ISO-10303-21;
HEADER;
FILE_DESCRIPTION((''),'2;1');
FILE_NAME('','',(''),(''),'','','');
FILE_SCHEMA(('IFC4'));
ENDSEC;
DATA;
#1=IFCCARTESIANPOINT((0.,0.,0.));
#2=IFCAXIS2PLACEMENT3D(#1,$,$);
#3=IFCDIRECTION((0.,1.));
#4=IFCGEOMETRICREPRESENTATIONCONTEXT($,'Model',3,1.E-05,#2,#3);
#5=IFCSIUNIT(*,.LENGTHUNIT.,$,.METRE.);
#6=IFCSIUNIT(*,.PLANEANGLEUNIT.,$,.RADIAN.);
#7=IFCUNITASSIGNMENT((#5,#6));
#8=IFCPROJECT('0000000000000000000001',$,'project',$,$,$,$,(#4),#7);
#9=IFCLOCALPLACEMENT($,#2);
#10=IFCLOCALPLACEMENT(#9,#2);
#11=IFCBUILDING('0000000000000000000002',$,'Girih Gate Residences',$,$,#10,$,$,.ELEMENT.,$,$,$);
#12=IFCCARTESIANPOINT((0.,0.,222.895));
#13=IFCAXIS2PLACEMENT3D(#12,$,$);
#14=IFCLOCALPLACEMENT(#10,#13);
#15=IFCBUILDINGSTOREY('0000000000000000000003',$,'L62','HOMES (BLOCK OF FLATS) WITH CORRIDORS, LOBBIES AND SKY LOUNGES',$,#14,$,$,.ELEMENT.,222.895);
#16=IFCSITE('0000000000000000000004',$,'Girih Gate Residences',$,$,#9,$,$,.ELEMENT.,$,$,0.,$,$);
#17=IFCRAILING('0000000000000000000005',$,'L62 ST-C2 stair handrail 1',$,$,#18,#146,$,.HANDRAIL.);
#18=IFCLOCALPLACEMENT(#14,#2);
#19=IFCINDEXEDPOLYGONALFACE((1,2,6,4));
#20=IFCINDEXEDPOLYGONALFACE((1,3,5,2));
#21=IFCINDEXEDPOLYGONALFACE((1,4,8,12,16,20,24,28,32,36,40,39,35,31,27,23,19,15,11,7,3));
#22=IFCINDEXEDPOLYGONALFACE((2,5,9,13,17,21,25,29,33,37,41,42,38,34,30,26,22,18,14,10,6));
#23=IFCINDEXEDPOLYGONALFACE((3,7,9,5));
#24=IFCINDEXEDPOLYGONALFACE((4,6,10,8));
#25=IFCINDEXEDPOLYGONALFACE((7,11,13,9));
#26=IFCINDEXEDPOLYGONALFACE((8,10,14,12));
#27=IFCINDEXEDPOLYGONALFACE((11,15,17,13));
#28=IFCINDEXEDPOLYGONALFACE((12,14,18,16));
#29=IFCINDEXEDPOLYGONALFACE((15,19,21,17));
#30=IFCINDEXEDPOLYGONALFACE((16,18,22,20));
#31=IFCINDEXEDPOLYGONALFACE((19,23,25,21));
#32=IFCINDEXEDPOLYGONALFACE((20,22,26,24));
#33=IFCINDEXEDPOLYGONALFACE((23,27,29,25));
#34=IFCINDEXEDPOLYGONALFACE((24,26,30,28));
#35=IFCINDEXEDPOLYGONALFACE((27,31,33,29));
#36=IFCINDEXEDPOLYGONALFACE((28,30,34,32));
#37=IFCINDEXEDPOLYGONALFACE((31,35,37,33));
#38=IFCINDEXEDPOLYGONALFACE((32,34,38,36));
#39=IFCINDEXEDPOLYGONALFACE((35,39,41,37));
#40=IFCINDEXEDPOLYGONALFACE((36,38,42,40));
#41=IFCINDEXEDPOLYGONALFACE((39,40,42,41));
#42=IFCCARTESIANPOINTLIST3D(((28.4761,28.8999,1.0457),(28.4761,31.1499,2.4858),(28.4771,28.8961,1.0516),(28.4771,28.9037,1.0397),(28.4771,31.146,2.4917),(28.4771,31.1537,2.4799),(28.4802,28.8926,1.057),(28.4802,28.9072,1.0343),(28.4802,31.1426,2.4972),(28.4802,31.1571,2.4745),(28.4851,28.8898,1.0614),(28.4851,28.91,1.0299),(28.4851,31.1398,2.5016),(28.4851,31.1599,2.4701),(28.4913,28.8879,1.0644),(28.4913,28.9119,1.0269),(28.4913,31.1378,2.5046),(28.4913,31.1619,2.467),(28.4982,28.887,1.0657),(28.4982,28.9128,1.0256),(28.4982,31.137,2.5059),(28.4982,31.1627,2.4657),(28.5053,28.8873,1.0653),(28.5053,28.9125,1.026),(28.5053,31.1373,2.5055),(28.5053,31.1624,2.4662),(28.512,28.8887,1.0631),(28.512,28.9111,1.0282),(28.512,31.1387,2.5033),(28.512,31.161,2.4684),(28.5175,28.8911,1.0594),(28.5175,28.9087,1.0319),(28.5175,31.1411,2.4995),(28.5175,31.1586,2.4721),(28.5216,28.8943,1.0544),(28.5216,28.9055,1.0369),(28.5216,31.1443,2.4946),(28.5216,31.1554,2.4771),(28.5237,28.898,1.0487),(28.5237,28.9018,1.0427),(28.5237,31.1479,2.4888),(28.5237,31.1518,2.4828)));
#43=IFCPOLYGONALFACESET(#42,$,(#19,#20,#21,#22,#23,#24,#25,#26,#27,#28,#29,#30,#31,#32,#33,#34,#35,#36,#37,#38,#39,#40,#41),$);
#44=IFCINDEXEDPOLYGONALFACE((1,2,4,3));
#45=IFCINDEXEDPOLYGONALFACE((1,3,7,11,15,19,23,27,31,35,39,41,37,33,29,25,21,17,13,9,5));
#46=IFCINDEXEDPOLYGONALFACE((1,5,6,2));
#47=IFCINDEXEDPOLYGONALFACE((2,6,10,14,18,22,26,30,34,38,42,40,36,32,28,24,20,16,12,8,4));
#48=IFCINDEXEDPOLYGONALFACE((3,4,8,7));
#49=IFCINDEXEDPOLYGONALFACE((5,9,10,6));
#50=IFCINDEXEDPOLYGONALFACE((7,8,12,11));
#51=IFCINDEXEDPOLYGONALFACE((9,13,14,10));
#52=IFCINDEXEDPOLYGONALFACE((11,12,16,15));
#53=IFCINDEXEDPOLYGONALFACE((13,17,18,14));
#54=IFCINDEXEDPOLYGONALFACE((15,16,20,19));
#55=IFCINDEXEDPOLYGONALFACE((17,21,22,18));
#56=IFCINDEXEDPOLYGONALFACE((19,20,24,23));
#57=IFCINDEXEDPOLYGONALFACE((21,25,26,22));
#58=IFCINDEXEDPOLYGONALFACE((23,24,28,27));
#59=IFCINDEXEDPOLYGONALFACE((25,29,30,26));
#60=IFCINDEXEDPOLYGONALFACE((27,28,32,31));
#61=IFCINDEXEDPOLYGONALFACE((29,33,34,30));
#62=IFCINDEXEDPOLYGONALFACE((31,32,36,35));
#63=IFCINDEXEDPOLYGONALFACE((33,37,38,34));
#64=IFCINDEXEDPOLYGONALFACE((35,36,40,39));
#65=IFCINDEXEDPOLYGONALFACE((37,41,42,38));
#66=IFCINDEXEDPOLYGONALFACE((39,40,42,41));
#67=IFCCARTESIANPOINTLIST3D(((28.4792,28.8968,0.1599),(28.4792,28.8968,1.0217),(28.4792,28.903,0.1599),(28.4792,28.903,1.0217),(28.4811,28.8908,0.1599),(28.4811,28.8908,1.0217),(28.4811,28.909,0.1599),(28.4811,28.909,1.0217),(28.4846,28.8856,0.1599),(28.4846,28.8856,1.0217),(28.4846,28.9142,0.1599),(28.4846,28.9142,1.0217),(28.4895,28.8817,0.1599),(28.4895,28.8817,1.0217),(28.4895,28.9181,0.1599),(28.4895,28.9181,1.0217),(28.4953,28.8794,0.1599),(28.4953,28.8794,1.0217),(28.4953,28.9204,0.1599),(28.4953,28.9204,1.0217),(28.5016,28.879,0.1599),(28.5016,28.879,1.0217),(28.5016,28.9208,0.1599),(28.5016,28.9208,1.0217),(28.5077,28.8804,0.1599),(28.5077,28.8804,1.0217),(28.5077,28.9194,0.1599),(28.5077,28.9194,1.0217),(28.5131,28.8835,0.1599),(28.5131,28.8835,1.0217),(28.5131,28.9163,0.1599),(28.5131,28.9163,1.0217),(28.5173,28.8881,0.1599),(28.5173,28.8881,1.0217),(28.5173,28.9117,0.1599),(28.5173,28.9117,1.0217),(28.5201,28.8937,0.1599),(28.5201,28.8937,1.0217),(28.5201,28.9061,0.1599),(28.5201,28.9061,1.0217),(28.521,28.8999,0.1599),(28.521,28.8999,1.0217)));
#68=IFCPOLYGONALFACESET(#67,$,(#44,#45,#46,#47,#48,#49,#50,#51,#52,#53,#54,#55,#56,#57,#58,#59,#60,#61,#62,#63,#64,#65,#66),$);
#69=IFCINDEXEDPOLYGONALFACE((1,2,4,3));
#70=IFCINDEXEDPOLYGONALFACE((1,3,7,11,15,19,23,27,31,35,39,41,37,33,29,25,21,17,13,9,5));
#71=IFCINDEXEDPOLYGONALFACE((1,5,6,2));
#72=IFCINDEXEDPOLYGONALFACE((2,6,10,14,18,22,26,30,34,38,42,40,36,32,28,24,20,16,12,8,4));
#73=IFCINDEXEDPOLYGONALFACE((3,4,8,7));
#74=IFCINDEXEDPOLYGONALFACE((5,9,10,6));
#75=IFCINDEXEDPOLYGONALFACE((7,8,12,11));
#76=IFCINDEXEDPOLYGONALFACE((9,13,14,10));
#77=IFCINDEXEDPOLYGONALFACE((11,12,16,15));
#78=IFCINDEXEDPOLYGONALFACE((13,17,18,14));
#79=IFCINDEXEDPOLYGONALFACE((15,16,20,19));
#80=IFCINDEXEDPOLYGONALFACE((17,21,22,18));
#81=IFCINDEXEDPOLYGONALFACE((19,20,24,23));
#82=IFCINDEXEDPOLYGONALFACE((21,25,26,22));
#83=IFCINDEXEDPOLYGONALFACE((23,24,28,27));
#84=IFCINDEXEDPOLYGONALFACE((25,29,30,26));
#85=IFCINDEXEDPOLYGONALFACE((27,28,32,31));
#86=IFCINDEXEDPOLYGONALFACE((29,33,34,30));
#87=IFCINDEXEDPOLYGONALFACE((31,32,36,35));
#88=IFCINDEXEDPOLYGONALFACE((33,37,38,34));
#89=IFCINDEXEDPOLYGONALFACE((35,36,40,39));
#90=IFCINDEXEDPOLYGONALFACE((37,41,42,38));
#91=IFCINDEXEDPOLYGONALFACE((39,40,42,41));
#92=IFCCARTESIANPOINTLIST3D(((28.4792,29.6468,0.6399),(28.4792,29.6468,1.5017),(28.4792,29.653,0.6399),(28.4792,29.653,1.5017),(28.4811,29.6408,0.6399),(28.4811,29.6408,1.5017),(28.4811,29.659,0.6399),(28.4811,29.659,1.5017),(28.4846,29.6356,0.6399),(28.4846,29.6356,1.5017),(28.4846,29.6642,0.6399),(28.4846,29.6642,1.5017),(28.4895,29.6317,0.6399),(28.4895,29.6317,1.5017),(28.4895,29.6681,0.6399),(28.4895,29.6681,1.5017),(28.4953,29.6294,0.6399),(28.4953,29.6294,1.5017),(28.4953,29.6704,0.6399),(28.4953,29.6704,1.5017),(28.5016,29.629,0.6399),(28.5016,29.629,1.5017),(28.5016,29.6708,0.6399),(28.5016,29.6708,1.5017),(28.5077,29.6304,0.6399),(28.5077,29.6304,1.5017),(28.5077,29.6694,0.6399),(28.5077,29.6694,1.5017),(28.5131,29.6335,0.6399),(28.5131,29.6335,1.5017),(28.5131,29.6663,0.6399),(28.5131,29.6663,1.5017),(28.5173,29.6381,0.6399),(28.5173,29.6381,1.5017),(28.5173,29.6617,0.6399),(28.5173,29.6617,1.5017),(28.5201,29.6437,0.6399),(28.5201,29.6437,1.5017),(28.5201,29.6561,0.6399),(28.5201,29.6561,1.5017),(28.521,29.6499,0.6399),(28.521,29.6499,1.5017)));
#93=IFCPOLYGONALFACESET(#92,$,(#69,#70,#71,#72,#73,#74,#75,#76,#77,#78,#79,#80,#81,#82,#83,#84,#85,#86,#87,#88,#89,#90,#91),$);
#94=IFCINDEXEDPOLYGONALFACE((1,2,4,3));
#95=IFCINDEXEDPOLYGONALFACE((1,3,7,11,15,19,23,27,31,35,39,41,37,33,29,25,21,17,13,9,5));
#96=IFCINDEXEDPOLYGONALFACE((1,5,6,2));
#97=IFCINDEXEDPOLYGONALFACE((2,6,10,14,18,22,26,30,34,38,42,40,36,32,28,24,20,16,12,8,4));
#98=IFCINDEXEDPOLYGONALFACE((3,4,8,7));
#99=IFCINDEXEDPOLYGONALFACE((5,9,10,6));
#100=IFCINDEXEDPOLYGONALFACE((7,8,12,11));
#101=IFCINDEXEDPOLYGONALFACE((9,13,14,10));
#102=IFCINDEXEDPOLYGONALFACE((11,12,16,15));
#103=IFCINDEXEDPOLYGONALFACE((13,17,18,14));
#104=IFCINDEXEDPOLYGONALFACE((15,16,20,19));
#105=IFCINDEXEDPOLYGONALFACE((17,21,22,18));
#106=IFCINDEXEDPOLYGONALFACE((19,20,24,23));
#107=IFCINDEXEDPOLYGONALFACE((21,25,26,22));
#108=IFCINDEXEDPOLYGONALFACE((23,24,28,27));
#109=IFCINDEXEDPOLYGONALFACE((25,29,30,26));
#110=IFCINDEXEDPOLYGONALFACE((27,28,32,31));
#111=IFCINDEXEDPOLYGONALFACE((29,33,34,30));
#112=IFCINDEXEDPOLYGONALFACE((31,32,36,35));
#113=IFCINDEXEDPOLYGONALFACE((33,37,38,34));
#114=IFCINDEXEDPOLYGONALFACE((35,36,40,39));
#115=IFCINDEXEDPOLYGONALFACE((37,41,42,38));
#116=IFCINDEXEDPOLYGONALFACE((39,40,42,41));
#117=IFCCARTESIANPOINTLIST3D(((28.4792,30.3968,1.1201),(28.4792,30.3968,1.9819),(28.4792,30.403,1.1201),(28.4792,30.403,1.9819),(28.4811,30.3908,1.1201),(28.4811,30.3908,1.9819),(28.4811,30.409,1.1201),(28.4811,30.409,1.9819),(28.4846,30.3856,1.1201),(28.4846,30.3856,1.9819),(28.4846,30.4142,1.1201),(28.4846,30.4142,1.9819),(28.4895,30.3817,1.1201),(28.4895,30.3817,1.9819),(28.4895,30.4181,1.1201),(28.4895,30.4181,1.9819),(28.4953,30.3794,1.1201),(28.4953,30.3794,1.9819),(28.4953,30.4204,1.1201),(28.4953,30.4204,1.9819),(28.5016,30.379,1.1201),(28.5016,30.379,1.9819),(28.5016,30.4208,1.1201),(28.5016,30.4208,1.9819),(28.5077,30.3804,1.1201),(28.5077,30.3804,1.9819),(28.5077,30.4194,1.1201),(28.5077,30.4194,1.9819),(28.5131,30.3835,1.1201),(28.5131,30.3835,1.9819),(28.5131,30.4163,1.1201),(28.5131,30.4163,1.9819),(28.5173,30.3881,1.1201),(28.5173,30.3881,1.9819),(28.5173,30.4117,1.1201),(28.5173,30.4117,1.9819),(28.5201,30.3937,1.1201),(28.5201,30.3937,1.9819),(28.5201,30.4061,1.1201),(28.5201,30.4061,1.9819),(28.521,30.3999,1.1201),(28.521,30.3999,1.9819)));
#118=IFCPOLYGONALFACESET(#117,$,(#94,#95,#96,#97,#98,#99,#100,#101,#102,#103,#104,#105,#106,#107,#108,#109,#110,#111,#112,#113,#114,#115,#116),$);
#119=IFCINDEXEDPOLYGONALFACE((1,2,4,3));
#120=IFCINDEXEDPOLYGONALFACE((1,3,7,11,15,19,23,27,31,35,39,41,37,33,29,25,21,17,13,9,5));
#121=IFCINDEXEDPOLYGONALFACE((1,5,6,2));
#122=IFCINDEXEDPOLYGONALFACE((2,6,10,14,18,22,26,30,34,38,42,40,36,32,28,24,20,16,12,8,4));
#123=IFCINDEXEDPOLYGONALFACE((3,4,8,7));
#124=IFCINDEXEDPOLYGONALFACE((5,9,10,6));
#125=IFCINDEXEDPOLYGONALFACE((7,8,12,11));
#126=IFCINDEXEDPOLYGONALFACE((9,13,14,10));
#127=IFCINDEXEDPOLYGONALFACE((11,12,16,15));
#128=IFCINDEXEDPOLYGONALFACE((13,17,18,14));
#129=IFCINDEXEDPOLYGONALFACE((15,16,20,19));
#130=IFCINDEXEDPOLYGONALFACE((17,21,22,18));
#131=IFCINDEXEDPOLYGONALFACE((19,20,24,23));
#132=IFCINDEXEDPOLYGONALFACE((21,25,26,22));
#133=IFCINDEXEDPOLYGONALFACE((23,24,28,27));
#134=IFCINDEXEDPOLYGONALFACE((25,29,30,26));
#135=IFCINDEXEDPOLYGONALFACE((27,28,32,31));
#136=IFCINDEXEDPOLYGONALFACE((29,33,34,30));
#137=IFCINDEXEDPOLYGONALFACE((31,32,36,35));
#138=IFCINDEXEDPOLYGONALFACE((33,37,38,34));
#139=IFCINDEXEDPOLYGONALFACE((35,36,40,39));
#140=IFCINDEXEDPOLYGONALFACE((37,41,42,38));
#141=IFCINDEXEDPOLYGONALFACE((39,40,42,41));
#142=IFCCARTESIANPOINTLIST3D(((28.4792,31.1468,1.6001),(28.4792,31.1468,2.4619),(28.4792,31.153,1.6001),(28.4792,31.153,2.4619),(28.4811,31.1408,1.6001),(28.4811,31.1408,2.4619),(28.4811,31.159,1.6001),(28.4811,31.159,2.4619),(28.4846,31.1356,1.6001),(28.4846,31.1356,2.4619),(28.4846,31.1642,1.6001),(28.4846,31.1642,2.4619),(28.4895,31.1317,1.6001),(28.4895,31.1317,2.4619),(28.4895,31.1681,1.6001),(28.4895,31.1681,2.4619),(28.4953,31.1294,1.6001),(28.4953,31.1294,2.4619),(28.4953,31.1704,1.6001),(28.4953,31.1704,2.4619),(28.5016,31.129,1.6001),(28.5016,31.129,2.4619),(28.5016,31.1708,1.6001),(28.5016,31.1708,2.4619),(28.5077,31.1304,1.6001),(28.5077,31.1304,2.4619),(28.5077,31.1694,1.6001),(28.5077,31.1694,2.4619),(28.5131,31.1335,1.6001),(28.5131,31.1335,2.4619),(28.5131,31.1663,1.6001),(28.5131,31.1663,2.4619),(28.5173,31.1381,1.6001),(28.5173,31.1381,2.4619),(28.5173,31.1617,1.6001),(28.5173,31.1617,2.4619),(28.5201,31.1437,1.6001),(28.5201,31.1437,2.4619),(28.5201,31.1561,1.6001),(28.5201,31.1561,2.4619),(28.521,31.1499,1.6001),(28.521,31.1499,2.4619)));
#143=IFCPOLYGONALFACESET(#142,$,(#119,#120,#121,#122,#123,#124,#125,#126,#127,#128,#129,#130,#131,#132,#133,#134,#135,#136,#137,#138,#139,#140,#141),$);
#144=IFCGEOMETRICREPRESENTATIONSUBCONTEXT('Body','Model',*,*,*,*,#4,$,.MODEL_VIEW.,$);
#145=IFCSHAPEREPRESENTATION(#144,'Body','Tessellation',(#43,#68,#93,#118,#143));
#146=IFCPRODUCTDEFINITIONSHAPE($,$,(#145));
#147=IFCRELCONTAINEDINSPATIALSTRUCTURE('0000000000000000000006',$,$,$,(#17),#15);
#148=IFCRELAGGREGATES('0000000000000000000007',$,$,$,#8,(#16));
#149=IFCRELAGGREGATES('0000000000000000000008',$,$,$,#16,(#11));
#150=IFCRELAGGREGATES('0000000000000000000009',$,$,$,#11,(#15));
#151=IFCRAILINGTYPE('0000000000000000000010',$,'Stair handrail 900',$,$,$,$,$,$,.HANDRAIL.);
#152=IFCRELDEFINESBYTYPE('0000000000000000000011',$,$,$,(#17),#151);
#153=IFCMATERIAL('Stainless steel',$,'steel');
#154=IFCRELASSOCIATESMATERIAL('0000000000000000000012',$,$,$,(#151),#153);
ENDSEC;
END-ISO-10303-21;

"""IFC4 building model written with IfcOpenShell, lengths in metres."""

from ifc_helpers import new_model, si_unit, direction, frame, origin, origin_2d, place, context, subcontext, project, spatial, circle, extrude, material, type_object, element, save


model = new_model("IFC4")

# Units and contexts
model_context = context("Model", 3, precision=1e-05, world=origin(), true_north=direction((0.0, 1.0)))
body_context = subcontext(model_context, "Body", "Model", "MODEL_VIEW")
ifc_project = project(units=[si_unit("LENGTHUNIT", "METRE"), si_unit("PLANEANGLEUNIT", "RADIAN")], contexts=[model_context])

# Site, building, storey
site_placement = place(None, origin())
site = spatial("IfcSite", under=ifc_project, at=site_placement, Name="Girih Gate Residences", CompositionType="ELEMENT", RefElevation=0.0)
building_placement = place(site_placement, origin())
building = spatial("IfcBuilding", under=site, at=building_placement, Name="Girih Gate Residences", CompositionType="ELEMENT")
storey_placement = place(building_placement, frame((0.0, 0.0, 222.895)))
storey = spatial("IfcBuildingStorey", under=building, at=storey_placement, Name="L62", Description="HOMES (BLOCK OF FLATS) WITH CORRIDORS, LOBBIES AND SKY LOUNGES", CompositionType="ELEMENT", Elevation=222.895)

# Railing
ifc_material_1 = material(Name="Stainless steel", Category="steel")
railing_type_1 = type_object("IfcRailingType", Name="Stair handrail 900", PredefinedType="HANDRAIL", material=ifc_material_1)
railing_1_placement = place(storey_placement, frame((28.5, 28.8999, 0.1599)))
element("IfcRailing", 1, at=railing_1_placement, inside=storey, type_object=railing_type_1, Name="L62 ST-C2 stair handrail 1", PredefinedType="HANDRAIL", context=body_context, shape_type="SweptSolid", body=[
    extrude(circle(Radius=0.0239, at=origin_2d()), frame((0.0, 0.0, 0.8857), z_axis=(0.0, 0.84224, 0.539103), x_axis=(-1.0, 0.0, 0.0)), (0.0, 0.0, 1.0), 2.6714),
    extrude(circle(Radius=0.021, at=origin_2d()), origin(), (0.0, 0.0, 1.0), 0.8618),
    extrude(circle(Radius=0.021, at=origin_2d()), frame((0.0, 0.75, 0.48)), (0.0, 0.0, 1.0), 0.8618),
    extrude(circle(Radius=0.021, at=origin_2d()), frame((0.0, 1.5, 0.9602)), (0.0, 0.0, 1.0), 0.8618),
    extrude(circle(Radius=0.021, at=origin_2d()), frame((0.0, 2.25, 1.4402)), (0.0, 0.0, 1.0), 0.8618),
])

save(model, "model.ifc")
